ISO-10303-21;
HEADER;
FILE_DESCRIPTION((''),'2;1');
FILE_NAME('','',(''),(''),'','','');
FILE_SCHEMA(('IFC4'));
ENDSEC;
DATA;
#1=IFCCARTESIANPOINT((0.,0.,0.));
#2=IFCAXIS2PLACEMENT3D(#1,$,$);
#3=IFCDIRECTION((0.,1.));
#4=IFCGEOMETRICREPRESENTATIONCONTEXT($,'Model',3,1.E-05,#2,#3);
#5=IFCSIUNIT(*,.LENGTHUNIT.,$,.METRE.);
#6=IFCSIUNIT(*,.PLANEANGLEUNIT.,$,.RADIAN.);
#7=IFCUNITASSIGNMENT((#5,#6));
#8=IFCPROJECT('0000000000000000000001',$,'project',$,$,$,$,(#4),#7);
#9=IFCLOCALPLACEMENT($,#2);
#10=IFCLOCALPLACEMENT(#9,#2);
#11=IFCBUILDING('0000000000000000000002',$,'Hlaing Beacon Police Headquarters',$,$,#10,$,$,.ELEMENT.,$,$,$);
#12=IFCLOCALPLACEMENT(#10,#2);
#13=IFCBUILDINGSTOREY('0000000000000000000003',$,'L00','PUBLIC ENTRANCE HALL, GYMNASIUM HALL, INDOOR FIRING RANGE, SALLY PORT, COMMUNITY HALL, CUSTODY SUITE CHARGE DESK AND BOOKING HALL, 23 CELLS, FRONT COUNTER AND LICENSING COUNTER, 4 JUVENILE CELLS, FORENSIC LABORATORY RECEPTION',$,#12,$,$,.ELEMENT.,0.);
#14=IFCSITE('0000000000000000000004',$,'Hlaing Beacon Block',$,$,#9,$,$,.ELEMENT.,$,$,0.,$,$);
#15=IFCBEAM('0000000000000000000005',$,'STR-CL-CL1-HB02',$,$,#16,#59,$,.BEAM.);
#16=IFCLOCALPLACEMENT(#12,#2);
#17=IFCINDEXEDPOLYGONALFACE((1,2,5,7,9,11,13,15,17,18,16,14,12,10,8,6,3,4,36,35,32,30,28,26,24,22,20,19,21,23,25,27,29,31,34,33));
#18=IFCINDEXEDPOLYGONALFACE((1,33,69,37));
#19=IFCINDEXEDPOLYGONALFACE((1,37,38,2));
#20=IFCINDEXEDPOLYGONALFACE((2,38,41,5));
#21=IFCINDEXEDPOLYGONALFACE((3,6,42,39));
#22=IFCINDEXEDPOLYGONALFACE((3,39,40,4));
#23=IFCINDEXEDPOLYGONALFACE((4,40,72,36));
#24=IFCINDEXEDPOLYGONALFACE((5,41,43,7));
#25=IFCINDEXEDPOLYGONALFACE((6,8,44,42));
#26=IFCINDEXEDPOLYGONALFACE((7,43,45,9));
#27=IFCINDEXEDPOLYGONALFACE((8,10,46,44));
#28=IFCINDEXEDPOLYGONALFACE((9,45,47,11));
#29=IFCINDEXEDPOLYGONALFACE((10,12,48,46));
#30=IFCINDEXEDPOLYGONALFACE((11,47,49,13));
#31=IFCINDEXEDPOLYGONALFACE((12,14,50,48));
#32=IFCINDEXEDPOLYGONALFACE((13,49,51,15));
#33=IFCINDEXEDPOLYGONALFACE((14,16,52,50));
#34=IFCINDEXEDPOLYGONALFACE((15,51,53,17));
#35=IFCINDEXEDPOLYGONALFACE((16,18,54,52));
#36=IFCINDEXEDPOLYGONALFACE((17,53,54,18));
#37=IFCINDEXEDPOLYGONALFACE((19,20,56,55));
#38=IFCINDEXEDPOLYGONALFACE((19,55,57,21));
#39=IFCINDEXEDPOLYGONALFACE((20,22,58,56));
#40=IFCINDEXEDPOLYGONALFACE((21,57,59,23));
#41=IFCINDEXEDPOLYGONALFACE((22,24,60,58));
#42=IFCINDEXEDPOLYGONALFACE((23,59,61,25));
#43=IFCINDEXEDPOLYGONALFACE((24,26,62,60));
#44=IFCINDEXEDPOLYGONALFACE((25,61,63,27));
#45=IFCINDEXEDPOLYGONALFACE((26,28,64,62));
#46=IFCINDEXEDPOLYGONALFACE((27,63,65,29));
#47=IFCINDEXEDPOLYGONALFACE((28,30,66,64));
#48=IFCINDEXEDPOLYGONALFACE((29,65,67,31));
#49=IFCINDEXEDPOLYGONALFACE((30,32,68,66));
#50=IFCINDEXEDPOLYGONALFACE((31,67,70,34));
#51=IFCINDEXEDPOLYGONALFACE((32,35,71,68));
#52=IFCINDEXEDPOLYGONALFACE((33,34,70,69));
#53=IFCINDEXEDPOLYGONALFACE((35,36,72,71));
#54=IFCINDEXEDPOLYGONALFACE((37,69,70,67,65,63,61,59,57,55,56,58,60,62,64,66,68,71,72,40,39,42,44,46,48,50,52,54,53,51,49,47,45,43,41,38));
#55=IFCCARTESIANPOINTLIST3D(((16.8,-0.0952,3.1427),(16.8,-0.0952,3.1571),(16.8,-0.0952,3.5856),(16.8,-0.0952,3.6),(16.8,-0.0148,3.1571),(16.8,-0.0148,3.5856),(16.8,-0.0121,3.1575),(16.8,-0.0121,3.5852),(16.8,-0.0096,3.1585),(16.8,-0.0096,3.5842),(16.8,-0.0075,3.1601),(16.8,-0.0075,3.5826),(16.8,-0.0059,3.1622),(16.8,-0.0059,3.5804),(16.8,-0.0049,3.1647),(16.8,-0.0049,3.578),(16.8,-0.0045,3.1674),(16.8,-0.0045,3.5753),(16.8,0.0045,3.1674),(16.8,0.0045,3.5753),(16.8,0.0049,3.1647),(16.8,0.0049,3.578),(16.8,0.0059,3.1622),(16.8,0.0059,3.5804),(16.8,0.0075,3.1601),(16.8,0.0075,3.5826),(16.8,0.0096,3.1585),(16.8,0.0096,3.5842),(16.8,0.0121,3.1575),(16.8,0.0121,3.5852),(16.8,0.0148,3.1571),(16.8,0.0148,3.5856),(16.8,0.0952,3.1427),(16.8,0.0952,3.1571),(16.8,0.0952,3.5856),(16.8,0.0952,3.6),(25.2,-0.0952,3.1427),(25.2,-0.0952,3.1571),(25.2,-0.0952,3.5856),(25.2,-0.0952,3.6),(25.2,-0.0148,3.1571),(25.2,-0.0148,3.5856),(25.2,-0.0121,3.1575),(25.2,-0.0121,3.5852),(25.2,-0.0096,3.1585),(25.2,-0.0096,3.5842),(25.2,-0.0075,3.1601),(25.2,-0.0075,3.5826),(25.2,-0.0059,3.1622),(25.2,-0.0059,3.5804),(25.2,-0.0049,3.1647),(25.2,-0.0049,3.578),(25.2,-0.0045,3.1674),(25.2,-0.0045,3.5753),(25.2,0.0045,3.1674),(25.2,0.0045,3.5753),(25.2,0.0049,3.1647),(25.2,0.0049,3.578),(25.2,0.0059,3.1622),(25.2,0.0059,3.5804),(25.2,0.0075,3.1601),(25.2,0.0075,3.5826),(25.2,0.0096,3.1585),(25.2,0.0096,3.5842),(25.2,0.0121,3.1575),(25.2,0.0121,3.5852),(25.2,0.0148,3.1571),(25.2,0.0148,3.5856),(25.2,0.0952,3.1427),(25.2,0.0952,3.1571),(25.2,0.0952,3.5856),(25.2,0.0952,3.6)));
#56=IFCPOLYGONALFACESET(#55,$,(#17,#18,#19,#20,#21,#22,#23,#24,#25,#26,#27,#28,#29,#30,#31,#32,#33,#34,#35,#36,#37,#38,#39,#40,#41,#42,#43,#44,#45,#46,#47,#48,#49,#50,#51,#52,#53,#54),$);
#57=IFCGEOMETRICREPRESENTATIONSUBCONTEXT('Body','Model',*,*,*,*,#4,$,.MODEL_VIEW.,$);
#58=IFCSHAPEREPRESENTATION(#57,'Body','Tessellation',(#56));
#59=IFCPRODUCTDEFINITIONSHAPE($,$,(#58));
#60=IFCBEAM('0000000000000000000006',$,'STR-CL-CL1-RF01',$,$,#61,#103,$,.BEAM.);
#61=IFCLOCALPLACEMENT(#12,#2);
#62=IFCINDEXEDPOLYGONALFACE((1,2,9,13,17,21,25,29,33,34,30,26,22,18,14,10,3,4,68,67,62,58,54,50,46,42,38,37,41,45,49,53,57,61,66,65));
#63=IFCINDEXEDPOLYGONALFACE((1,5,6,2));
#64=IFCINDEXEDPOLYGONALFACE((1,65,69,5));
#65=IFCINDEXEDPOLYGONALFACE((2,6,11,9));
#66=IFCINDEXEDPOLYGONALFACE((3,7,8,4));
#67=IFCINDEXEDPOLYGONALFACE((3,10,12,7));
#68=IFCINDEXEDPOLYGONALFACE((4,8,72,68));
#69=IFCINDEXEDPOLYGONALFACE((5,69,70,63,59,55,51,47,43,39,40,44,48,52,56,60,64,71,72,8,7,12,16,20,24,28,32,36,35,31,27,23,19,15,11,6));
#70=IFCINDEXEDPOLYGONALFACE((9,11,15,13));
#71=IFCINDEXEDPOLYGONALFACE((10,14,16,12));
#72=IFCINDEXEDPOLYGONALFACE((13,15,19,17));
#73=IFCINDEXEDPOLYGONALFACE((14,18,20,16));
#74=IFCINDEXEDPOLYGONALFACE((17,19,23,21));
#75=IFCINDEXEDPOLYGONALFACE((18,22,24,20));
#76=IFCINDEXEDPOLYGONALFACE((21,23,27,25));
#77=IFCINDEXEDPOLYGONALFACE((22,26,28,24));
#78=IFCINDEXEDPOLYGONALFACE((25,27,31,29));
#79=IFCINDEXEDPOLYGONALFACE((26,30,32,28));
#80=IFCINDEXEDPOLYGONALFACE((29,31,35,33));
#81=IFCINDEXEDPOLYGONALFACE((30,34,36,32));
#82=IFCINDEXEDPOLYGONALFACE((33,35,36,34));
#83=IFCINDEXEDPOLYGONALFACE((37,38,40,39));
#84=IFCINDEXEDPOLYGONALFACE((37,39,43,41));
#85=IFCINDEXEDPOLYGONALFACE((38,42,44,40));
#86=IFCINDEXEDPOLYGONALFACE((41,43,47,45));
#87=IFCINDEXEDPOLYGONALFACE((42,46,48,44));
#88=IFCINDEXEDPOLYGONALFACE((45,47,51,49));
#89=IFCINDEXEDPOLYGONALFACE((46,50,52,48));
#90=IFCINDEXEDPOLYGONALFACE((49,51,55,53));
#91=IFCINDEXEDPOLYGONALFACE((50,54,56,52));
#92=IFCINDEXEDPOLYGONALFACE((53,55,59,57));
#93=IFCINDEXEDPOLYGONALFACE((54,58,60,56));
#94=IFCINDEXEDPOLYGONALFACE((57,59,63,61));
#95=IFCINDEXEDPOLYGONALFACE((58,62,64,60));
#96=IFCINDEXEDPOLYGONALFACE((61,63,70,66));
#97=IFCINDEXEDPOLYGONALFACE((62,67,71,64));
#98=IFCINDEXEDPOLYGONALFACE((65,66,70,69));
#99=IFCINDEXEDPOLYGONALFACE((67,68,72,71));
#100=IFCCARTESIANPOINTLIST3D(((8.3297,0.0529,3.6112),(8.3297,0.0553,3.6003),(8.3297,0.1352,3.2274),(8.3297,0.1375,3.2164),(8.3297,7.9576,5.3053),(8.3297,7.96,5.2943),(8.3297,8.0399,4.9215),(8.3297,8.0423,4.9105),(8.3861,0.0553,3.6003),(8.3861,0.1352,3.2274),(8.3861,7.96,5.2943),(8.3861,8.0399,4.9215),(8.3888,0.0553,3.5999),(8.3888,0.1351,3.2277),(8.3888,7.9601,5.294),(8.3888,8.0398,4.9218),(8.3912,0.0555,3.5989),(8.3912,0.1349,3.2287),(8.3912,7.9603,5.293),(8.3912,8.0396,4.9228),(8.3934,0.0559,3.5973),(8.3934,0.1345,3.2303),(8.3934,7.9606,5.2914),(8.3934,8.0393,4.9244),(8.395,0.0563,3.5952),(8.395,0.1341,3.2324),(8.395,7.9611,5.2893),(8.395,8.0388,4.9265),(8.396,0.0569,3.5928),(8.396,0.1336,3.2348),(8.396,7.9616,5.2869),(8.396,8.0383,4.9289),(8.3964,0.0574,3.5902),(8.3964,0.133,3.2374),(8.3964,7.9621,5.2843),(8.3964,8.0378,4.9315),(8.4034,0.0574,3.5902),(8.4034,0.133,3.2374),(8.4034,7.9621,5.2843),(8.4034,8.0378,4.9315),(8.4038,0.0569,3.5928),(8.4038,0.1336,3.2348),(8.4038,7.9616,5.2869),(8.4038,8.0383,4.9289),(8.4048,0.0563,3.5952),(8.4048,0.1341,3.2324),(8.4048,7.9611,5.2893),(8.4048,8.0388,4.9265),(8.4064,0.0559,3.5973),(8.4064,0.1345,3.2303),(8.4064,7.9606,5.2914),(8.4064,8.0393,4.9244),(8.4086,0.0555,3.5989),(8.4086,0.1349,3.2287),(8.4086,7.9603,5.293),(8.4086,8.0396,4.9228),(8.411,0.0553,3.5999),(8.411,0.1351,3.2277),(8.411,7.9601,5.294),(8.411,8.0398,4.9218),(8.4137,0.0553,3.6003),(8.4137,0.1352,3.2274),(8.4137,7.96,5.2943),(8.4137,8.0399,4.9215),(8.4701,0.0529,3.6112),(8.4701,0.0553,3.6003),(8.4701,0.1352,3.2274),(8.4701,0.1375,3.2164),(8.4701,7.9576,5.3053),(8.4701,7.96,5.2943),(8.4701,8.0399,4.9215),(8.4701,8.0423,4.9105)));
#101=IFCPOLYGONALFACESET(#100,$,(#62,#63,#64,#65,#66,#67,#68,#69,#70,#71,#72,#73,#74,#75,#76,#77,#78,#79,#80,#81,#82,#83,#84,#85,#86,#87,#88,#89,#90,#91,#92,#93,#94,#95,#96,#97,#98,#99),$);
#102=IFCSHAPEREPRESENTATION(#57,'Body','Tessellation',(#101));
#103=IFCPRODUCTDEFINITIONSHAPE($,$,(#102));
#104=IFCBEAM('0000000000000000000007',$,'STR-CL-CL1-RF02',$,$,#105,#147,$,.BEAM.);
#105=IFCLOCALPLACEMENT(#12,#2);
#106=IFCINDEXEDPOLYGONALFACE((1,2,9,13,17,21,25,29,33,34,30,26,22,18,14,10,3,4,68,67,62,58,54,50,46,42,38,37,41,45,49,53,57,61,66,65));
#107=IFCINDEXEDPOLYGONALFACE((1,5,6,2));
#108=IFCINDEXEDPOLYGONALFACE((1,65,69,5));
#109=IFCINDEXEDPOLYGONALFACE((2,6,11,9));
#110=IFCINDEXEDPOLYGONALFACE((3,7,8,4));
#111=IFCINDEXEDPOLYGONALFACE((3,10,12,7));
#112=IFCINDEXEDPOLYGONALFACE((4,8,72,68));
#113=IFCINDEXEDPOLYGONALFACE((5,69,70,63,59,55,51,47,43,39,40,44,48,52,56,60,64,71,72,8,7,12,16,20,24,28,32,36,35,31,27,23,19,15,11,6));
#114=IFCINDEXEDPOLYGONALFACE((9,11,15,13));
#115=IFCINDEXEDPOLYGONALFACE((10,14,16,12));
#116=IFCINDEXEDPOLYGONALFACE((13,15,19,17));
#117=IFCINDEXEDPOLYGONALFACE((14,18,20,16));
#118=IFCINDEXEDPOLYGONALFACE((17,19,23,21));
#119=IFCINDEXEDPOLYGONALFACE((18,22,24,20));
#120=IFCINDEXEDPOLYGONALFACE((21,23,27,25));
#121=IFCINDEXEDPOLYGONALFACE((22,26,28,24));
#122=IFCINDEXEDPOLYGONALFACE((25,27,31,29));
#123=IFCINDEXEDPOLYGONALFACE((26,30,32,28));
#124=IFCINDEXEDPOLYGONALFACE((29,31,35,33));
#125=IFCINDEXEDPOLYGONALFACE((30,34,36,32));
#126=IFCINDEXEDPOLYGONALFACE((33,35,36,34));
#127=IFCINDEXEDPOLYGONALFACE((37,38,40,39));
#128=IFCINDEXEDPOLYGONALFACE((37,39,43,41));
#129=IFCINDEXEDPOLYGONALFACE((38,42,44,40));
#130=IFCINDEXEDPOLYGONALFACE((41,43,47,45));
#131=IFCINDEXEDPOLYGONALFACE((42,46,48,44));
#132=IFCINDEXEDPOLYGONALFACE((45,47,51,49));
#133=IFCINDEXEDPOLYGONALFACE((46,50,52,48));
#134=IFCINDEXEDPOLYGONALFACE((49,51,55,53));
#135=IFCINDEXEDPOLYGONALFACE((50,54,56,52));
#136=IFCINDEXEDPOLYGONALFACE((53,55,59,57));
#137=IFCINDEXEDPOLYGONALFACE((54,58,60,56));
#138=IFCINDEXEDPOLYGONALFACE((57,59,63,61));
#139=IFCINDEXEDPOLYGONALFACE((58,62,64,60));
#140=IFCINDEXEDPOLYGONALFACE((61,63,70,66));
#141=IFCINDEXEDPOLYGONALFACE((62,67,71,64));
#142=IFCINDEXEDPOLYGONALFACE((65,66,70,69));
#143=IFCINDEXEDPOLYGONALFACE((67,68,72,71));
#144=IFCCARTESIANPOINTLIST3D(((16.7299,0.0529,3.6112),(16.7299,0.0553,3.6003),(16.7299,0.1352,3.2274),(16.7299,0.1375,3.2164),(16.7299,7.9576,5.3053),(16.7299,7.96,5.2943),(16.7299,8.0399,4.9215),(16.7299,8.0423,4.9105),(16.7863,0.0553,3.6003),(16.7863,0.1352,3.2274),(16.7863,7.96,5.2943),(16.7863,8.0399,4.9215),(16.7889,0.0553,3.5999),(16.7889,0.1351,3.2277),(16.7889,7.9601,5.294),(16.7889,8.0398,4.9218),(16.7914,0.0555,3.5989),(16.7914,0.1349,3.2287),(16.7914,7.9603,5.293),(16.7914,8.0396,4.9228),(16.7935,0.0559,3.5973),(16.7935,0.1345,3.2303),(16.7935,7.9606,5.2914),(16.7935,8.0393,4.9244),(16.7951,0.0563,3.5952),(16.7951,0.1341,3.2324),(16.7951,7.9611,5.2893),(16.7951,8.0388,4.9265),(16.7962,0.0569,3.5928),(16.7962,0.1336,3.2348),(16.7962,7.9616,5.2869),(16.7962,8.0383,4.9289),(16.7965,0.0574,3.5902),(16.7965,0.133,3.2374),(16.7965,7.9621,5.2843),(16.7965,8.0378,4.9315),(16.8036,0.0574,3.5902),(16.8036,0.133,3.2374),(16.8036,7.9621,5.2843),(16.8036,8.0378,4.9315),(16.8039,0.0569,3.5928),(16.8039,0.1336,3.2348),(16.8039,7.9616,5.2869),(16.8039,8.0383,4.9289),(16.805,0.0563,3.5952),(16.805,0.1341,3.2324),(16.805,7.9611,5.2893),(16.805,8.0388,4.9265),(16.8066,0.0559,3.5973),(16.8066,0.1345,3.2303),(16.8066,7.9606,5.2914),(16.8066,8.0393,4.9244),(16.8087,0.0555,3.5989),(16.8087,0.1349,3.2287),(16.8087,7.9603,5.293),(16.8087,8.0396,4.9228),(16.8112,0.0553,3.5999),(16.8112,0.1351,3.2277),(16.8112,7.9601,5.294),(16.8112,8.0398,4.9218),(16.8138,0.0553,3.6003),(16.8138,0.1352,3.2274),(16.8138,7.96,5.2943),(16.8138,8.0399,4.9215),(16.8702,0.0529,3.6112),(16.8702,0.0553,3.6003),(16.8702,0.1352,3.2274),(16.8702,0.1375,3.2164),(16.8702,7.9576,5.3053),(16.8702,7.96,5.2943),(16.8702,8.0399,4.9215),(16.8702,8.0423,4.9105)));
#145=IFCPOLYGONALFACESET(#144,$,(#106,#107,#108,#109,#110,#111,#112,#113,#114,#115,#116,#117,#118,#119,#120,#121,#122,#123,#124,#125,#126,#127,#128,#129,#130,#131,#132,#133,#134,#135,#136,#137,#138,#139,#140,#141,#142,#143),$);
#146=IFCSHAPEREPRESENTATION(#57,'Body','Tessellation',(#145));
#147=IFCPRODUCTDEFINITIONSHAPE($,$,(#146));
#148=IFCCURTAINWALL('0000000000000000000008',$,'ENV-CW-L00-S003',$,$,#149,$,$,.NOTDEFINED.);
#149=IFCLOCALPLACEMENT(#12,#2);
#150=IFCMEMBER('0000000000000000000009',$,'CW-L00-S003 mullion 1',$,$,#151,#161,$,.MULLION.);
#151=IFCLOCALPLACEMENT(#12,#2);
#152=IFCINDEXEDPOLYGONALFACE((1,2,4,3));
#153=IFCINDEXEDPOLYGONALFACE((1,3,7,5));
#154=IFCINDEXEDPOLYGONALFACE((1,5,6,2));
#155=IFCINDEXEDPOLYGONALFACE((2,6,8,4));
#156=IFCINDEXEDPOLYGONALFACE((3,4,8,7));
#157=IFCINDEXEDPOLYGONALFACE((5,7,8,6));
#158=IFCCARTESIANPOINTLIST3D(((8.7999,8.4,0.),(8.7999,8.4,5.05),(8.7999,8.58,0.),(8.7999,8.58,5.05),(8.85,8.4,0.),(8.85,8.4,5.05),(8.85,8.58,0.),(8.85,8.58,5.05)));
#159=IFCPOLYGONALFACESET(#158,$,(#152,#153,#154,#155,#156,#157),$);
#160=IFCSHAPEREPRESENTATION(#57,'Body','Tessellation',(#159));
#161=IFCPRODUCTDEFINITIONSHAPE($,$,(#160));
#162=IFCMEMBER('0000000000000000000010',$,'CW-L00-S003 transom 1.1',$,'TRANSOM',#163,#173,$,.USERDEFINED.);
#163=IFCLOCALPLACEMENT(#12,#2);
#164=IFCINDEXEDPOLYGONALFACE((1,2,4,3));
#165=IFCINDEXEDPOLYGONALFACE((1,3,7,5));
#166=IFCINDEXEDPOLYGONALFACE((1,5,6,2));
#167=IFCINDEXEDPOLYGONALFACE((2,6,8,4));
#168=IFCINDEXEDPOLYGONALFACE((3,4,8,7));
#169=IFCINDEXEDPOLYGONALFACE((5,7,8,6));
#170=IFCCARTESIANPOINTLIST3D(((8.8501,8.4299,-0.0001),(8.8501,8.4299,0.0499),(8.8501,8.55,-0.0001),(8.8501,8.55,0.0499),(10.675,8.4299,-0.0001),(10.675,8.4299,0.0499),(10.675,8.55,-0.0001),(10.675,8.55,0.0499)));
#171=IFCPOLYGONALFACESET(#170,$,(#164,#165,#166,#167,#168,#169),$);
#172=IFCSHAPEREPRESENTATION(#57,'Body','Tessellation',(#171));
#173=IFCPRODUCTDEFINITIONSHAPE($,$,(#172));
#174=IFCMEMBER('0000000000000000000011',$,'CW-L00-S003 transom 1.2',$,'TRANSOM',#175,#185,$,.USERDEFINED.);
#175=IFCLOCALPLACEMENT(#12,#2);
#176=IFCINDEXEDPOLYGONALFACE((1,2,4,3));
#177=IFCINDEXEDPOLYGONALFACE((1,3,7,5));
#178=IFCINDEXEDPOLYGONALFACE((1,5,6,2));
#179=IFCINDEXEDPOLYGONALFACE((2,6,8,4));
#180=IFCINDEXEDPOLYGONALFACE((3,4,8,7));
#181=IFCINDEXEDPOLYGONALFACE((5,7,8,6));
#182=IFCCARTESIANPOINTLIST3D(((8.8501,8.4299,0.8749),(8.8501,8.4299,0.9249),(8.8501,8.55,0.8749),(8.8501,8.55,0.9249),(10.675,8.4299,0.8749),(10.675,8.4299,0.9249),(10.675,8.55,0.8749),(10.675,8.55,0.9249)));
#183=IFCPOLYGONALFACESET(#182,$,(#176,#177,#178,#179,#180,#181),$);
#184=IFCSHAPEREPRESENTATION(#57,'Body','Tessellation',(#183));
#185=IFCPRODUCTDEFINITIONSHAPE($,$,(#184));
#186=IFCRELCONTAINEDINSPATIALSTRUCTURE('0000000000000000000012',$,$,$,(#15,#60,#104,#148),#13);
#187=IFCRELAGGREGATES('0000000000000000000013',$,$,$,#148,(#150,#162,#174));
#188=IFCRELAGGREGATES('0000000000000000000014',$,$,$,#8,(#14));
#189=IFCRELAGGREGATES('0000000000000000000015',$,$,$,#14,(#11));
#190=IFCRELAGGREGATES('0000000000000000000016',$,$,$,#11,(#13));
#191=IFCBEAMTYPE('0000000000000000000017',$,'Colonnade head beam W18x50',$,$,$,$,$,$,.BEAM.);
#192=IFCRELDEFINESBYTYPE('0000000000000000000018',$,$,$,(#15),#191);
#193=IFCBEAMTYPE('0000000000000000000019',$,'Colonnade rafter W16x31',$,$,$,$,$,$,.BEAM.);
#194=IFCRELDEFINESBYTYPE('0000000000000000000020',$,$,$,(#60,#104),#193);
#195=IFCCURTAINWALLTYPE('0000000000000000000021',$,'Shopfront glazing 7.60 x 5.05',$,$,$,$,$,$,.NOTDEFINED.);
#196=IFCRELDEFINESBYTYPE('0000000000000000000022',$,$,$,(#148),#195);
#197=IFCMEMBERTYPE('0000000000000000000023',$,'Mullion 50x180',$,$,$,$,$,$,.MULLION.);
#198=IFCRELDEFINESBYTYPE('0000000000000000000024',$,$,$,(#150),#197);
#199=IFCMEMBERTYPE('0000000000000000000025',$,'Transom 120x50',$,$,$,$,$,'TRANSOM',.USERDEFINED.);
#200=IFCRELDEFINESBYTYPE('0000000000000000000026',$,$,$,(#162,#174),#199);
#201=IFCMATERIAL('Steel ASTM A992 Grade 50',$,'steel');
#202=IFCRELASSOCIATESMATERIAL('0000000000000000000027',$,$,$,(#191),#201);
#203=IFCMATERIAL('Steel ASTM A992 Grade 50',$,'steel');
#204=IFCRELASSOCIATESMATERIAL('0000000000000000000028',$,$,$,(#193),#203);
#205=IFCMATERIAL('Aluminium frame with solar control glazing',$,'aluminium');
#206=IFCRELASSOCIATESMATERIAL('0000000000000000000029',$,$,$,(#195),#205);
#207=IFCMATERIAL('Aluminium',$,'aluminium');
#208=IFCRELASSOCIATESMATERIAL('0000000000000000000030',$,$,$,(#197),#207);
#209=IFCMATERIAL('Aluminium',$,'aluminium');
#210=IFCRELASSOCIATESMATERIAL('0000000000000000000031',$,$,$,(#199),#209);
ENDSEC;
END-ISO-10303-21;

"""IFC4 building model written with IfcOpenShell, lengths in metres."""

from ifc_helpers import new_model, si_unit, direction, frame, origin, origin_2d, place, context, subcontext, project, spatial, rectangle, i_section, extrude, material, material_profile, profile_set, type_object, element, aggregate, save


model = new_model("IFC4")

# Units and contexts
model_context = context("Model", 3, precision=1e-05, world=origin(), true_north=direction((0.0, 1.0)))
body_context = subcontext(model_context, "Body", "Model", "MODEL_VIEW")
ifc_project = project(units=[si_unit("LENGTHUNIT", "METRE"), si_unit("PLANEANGLEUNIT", "RADIAN")], contexts=[model_context])

# Site, building, storey
site_placement = place(None, origin())
site = spatial("IfcSite", under=ifc_project, at=site_placement, Name="Hlaing Beacon Block", CompositionType="ELEMENT", RefElevation=0.0)
building_placement = place(site_placement, origin())
building = spatial("IfcBuilding", under=site, at=building_placement, Name="Hlaing Beacon Police Headquarters", CompositionType="ELEMENT")
storey_placement = place(building_placement, origin())
storey = spatial("IfcBuildingStorey", under=building, at=storey_placement, Name="L00", Description="PUBLIC ENTRANCE HALL, GYMNASIUM HALL, INDOOR FIRING RANGE, SALLY PORT, COMMUNITY HALL, CUSTODY SUITE CHARGE DESK AND BOOKING HALL, 23 CELLS, FRONT COUNTER AND LICENSING COUNTER, 4 JUVENILE CELLS, FORENSIC LABORATORY RECEPTION", CompositionType="ELEMENT", Elevation=0.0)

# Beams
ifc_material_1 = material(Name="Steel ASTM A992 Grade 50", Category="steel")
ifc_material_profile_1 = material_profile(ifc_material_1, i_section(OverallWidth=0.1904, OverallDepth=0.4573, WebThickness=0.009, FlangeThickness=0.0144, FilletRadius=0.0103, at=origin_2d()), Name="W18x50")
ifc_profile_set_1 = profile_set([ifc_material_profile_1], Name="Steel ASTM A992 Grade 50")
beam_type_1 = type_object("IfcBeamType", Name="Colonnade head beam W18x50", PredefinedType="BEAM", material=ifc_profile_set_1)
beam_1_placement = place(storey_placement, frame((16.8, 0.0, 3.3713), z_axis=(1.0, 0.0, 0.0), x_axis=(0.0, 1.0, 0.0)))
element("IfcBeam", 1, at=beam_1_placement, inside=storey, type_object=beam_type_1, Name="STR-CL-CL1-HB02", PredefinedType="BEAM", context=body_context, shape_type="SweptSolid", body=[
    extrude(i_section(OverallWidth=0.1904, OverallDepth=0.4573, WebThickness=0.009, FlangeThickness=0.0144, FilletRadius=0.0103, at=origin_2d()), origin(), (0.0, 0.0, 1.0), 8.3999),
])
ifc_material_2 = material(Name="Steel ASTM A992 Grade 50", Category="steel")
ifc_material_profile_2 = material_profile(ifc_material_2, i_section(OverallWidth=0.1404, OverallDepth=0.4038, WebThickness=0.0071, FlangeThickness=0.0112, FilletRadius=0.0103, at=origin_2d()), Name="W16x31")
ifc_profile_set_2 = profile_set([ifc_material_profile_2], Name="Steel ASTM A992 Grade 50")
beam_type_2 = type_object("IfcBeamType", Name="Colonnade rafter W16x31", PredefinedType="BEAM", material=ifc_profile_set_2)
for number, where, z_axis, x_axis, name in (
    (2, (8.3999, 0.0952, 3.4138), (0.0, 0.977797, 0.209554), (-1.0, 0.0, 0.0), "STR-CL-CL1-RF01"),
    (3, (16.8, 0.0952, 3.4138), (0.0, 0.977797, 0.209554), (-1.0, 0.0, 0.0), "STR-CL-CL1-RF02"),
):
    element("IfcBeam", number, at=place(storey_placement, frame(where, z_axis=z_axis, x_axis=x_axis)), inside=storey, type_object=beam_type_2, Name=name, PredefinedType="BEAM", context=body_context, shape_type="SweptSolid", body=[
        extrude(i_section(OverallWidth=0.1404, OverallDepth=0.4038, WebThickness=0.0071, FlangeThickness=0.0112, FilletRadius=0.0103, at=origin_2d()), origin(), (0.0, 0.0, 1.0), 8.0842),
    ])

# Curtain wall, members
ifc_material_3 = material(Name="Aluminium frame with solar control glazing", Category="aluminium")
curtain_wall_type = type_object("IfcCurtainWallType", Name="Shopfront glazing 7.60 x 5.05", PredefinedType="NOTDEFINED", material=ifc_material_3)
curtain_wall_placement = place(storey_placement, origin())
curtain_wall = element("IfcCurtainWall", 4, at=curtain_wall_placement, inside=storey, type_object=curtain_wall_type, Name="ENV-CW-L00-S003", PredefinedType="NOTDEFINED")
ifc_material_4 = material(Name="Aluminium", Category="aluminium")
ifc_material_profile_3 = material_profile(ifc_material_4, rectangle(XDim=0.1799, YDim=0.05, at=origin_2d()), Name="Mullion 50x180")
ifc_profile_set_3 = profile_set([ifc_material_profile_3], Name="Aluminium")
member_type_1 = type_object("IfcMemberType", Name="Mullion 50x180", PredefinedType="MULLION", material=ifc_profile_set_3)
member_1_placement = place(storey_placement, frame((8.825, 8.49, 0.0), z_axis=(0.0, 0.0, 1.0), x_axis=(0.0, 1.0, 0.0)))
member_1 = element("IfcMember", 5, at=member_1_placement, type_object=member_type_1, Name="CW-L00-S003 mullion 1", PredefinedType="MULLION", context=body_context, shape_type="SweptSolid", body=[
    extrude(rectangle(XDim=0.1799, YDim=0.05, at=origin_2d()), origin(), (0.0, 0.0, 1.0), 5.05),
])
ifc_material_5 = material(Name="Aluminium", Category="aluminium")
ifc_material_profile_4 = material_profile(ifc_material_5, rectangle(XDim=0.1201, YDim=0.05, at=origin_2d()), Name="Transom 120x50")
ifc_profile_set_4 = profile_set([ifc_material_profile_4], Name="Aluminium")
member_type_2 = type_object("IfcMemberType", Name="Transom 120x50", ElementType="TRANSOM", PredefinedType="USERDEFINED", material=ifc_profile_set_4)
member_2_placement = place(storey_placement, frame((8.8501, 8.49, 0.0249), z_axis=(1.0, 0.0, 0.0), x_axis=(0.0, 1.0, 0.0)))
member_2 = element("IfcMember", 6, at=member_2_placement, type_object=member_type_2, Name="CW-L00-S003 transom 1.1", ObjectType="TRANSOM", PredefinedType="USERDEFINED", context=body_context, shape_type="SweptSolid", body=[
    extrude(rectangle(XDim=0.1201, YDim=0.05, at=origin_2d()), origin(), (0.0, 0.0, 1.0), 1.825),
])
member_3_placement = place(storey_placement, frame((8.8501, 8.49, 0.8999), z_axis=(1.0, 0.0, 0.0), x_axis=(0.0, 1.0, 0.0)))
member_3 = element("IfcMember", 7, at=member_3_placement, type_object=member_type_2, Name="CW-L00-S003 transom 1.2", ObjectType="TRANSOM", PredefinedType="USERDEFINED", context=body_context, shape_type="SweptSolid", body=[
    extrude(rectangle(XDim=0.1201, YDim=0.05, at=origin_2d()), origin(), (0.0, 0.0, 1.0), 1.825),
])
aggregate(curtain_wall, [member_1, member_2, member_3])

save(model, "model.ifc")
